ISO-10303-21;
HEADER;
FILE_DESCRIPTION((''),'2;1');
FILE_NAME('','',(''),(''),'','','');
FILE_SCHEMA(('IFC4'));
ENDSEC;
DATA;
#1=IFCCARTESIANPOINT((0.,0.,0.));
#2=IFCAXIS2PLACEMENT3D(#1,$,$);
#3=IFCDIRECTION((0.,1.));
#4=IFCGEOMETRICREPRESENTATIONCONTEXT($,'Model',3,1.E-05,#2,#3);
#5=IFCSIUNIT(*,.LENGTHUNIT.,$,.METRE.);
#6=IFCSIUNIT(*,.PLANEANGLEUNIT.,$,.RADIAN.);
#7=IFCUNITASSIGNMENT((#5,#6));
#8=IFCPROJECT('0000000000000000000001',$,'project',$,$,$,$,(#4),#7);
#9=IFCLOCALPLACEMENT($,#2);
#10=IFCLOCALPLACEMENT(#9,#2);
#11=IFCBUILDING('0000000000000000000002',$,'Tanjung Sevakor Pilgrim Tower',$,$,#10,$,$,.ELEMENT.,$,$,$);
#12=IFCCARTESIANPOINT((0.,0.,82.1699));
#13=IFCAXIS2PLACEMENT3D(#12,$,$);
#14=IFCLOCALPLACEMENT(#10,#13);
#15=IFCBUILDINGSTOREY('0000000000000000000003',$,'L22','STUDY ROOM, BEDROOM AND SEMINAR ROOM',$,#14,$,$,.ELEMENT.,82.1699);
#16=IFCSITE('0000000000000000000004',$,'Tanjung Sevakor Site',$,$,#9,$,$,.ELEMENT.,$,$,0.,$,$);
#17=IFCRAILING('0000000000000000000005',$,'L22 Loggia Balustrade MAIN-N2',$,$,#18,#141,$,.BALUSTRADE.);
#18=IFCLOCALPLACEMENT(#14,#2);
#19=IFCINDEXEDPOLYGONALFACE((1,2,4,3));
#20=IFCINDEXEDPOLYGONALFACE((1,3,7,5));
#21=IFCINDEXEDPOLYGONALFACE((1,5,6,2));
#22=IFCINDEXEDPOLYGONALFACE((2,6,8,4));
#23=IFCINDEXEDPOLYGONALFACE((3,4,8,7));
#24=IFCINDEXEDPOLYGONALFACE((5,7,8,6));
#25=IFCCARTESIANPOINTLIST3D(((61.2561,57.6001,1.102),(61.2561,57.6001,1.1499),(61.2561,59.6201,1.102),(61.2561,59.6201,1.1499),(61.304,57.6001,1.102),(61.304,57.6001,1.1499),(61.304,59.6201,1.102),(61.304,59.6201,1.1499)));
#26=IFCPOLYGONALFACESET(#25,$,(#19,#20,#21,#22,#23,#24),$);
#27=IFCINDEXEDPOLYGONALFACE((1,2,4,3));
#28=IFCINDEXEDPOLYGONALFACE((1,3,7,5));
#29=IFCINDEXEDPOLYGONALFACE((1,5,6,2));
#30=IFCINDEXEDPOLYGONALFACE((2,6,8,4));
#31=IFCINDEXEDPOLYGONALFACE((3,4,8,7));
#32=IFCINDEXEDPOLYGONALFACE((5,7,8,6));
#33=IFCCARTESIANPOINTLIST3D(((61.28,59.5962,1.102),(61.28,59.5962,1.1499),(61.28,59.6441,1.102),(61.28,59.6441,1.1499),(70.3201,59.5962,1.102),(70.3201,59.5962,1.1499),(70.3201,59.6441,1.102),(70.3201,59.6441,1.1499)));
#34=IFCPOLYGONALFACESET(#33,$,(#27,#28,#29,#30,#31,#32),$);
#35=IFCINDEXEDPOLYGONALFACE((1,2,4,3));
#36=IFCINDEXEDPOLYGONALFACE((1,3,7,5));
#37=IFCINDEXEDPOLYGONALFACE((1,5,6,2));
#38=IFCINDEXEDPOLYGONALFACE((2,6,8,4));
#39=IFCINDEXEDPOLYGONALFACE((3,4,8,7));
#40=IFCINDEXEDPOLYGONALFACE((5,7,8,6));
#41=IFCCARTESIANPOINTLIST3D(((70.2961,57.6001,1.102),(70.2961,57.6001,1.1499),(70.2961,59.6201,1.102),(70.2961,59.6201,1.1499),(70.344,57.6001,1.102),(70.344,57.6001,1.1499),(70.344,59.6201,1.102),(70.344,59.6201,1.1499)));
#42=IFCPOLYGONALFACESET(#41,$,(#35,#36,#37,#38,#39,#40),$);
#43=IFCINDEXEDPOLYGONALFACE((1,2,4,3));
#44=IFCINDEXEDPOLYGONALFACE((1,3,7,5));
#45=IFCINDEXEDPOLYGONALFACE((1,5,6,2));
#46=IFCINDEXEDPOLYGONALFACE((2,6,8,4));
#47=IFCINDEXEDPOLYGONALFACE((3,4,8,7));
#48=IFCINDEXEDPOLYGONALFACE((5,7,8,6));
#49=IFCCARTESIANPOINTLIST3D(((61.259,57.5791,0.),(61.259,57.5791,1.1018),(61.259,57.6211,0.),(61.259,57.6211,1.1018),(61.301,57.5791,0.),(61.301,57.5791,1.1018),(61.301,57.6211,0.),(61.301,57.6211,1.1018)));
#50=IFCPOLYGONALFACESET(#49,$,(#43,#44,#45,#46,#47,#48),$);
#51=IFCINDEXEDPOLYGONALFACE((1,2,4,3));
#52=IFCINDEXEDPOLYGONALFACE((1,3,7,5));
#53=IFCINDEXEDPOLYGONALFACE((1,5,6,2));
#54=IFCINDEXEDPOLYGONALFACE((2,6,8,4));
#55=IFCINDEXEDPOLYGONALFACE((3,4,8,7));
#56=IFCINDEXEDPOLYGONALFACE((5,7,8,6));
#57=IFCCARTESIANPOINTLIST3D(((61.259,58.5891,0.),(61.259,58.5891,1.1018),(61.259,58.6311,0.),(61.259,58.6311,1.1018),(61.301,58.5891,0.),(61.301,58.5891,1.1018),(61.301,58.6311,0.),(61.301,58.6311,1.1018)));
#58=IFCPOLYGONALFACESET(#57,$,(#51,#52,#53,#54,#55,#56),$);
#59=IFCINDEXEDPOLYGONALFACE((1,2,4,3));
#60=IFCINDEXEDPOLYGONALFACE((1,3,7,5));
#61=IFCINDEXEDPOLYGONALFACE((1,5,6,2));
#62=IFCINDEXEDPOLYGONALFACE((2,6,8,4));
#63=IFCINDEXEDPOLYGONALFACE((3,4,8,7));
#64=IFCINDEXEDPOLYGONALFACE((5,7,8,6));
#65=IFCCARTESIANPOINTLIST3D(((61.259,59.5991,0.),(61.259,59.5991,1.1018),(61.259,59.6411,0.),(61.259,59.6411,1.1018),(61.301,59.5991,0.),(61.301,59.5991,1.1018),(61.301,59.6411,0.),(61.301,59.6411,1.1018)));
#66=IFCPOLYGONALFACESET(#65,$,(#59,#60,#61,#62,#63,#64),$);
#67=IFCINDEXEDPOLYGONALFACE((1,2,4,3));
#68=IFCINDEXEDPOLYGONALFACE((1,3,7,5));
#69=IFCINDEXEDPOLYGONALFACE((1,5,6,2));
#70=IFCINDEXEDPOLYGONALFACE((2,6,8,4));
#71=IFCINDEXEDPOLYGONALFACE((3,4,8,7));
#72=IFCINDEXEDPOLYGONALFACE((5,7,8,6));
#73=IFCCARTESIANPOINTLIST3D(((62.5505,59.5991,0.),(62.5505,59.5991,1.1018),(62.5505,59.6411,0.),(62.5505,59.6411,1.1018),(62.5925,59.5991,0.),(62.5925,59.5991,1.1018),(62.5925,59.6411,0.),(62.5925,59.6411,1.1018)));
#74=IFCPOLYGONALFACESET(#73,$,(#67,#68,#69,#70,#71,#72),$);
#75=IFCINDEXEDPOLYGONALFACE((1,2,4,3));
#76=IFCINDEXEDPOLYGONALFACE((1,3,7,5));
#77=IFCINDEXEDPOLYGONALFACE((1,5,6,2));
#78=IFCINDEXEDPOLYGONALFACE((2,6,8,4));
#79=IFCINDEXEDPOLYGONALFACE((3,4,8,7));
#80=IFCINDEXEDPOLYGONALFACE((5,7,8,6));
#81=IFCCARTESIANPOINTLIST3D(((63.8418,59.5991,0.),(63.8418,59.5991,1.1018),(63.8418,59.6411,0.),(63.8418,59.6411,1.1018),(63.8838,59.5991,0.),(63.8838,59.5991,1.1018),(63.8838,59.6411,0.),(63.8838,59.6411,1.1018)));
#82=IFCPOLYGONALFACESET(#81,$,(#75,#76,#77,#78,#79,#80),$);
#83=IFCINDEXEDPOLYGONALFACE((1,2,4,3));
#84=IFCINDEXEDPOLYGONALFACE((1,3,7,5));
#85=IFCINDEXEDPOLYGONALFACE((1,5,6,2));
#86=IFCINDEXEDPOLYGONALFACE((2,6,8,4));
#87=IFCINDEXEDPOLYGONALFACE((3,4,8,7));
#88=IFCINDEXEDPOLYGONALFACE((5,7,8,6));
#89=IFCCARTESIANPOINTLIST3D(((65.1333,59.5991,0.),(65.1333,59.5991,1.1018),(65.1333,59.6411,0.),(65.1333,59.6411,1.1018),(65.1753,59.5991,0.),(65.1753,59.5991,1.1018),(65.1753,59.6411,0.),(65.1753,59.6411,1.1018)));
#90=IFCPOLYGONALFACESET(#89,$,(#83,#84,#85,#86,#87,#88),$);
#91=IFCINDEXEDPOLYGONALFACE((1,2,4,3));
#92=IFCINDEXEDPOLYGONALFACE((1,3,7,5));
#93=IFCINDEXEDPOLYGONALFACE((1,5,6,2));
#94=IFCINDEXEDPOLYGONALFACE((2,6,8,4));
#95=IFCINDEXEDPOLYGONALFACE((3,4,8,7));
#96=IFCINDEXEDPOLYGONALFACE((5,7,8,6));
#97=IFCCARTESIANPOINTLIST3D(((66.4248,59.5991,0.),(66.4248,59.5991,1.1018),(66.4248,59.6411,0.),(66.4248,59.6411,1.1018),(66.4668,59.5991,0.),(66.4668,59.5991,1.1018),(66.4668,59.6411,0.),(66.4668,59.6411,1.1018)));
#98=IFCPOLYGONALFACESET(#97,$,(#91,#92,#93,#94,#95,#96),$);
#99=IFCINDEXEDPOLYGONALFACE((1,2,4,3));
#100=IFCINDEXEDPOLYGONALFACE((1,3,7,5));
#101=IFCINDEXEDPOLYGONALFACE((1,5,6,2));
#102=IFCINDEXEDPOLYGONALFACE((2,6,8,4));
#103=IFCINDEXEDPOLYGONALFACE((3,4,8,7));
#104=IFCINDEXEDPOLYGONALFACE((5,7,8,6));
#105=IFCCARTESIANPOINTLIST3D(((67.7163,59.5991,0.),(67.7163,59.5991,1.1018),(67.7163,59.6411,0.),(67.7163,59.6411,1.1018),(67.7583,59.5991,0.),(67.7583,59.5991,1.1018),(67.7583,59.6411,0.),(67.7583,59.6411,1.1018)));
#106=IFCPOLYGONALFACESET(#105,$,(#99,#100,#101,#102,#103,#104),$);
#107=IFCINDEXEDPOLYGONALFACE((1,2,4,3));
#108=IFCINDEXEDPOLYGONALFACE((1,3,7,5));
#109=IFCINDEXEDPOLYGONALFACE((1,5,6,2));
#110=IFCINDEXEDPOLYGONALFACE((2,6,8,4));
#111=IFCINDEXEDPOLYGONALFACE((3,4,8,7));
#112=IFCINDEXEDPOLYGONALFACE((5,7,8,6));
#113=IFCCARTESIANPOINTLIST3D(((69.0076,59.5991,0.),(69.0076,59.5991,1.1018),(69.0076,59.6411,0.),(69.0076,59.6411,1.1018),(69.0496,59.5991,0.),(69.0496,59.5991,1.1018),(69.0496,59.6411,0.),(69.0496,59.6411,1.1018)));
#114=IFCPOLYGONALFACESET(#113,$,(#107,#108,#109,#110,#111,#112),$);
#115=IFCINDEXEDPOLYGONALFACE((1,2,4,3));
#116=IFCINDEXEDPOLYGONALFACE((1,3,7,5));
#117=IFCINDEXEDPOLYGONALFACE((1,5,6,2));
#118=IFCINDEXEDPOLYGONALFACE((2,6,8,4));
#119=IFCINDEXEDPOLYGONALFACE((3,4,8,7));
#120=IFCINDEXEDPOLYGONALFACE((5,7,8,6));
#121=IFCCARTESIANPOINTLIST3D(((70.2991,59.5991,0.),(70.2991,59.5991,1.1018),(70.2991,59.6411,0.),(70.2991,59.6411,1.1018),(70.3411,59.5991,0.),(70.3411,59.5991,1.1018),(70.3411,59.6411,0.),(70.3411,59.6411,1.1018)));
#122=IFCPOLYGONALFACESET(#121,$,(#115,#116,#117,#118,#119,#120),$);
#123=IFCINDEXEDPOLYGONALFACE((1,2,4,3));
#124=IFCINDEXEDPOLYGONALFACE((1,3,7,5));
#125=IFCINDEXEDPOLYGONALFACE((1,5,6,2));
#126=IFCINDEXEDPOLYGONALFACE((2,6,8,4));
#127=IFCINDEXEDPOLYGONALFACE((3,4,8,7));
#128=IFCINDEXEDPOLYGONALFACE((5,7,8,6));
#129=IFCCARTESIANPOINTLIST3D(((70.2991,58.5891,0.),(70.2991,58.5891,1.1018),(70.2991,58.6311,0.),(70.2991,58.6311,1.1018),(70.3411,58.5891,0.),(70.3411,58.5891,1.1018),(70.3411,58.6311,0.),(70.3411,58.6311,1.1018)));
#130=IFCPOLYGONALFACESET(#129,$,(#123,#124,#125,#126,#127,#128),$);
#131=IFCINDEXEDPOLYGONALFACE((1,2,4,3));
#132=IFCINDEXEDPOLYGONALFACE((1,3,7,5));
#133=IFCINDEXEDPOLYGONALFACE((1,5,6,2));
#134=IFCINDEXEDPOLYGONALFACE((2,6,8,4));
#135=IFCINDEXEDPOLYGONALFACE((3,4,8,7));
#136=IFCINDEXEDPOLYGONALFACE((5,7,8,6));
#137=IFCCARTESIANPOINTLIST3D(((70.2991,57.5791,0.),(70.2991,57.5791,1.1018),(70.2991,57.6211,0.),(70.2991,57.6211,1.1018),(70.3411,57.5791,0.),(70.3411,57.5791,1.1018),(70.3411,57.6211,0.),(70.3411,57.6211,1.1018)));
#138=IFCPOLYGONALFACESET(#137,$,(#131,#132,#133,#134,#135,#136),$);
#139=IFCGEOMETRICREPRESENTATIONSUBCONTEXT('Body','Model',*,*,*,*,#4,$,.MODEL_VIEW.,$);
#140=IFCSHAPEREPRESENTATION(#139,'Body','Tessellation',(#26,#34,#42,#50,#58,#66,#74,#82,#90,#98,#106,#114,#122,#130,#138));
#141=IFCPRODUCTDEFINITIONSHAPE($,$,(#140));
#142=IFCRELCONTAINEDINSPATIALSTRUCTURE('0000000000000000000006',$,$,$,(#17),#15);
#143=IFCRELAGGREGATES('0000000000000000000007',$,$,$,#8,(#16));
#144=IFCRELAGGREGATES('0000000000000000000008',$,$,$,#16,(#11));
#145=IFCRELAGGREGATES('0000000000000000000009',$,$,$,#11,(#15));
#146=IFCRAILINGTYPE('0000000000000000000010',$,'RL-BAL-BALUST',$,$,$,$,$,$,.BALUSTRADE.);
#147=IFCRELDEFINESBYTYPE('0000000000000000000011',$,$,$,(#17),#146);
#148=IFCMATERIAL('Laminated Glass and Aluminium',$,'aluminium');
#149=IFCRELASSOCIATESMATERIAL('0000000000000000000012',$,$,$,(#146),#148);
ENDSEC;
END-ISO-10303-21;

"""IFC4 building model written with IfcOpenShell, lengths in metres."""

from ifc_helpers import new_model, si_unit, direction, frame, origin, place, context, subcontext, project, spatial, rectangle, extrude, material, type_object, element, save


model = new_model("IFC4")

# Units and contexts
model_context = context("Model", 3, precision=1e-05, world=origin(), true_north=direction((0.0, 1.0)))
body_context = subcontext(model_context, "Body", "Model", "MODEL_VIEW")
ifc_project = project(units=[si_unit("LENGTHUNIT", "METRE"), si_unit("PLANEANGLEUNIT", "RADIAN")], contexts=[model_context])

# Site, building, storey
site_placement = place(None, origin())
site = spatial("IfcSite", under=ifc_project, at=site_placement, Name="Tanjung Sevakor Site", CompositionType="ELEMENT", RefElevation=0.0)
building_placement = place(site_placement, origin())
building = spatial("IfcBuilding", under=site, at=building_placement, Name="Tanjung Sevakor Pilgrim Tower", CompositionType="ELEMENT")
storey_placement = place(building_placement, frame((0.0, 0.0, 82.1699)))
storey = spatial("IfcBuildingStorey", under=building, at=storey_placement, Name="L22", Description="STUDY ROOM, BEDROOM AND SEMINAR ROOM", CompositionType="ELEMENT", Elevation=82.1699)

# Railing
ifc_material_1 = material(Name="Laminated Glass and Aluminium", Category="aluminium")
railing_type = type_object("IfcRailingType", Name="RL-BAL-BALUST", PredefinedType="BALUSTRADE", material=ifc_material_1)
railing_placement = place(storey_placement, frame((61.28, 57.6001, 0.0)))
element("IfcRailing", 1, at=railing_placement, inside=storey, type_object=railing_type, Name="L22 Loggia Balustrade MAIN-N2", PredefinedType="BALUSTRADE", context=body_context, shape_type="SweptSolid", body=[
    extrude(rectangle(XDim=0.0479, YDim=0.0479), frame((0.0, 0.0, 1.126), z_axis=(0.0, 1.0, 0.0), x_axis=(-1.0, 0.0, 0.0)), (0.0, 0.0, 1.0), 2.02),
    extrude(rectangle(XDim=0.0479, YDim=0.0479), frame((0.0, 2.02, 1.126), z_axis=(1.0, 0.0, 0.0), x_axis=(0.0, 1.0, 0.0)), (0.0, 0.0, 1.0), 9.04),
    extrude(rectangle(XDim=0.0479, YDim=0.0479), frame((9.04, 2.02, 1.126), z_axis=(0.0, -1.0, 0.0), x_axis=(1.0, 0.0, 0.0)), (0.0, 0.0, 1.0), 2.02),
    extrude(rectangle(XDim=0.042, YDim=0.042), origin(), (0.0, 0.0, 1.0), 1.1018),
    extrude(rectangle(XDim=0.042, YDim=0.042), frame((0.0, 1.01, 0.0)), (0.0, 0.0, 1.0), 1.1018),
    extrude(rectangle(XDim=0.042, YDim=0.042), frame((0.0, 2.02, 0.0)), (0.0, 0.0, 1.0), 1.1018),
    extrude(rectangle(XDim=0.042, YDim=0.042), frame((1.2915, 2.02, 0.0)), (0.0, 0.0, 1.0), 1.1018),
    extrude(rectangle(XDim=0.042, YDim=0.042), frame((2.5828, 2.02, 0.0)), (0.0, 0.0, 1.0), 1.1018),
    extrude(rectangle(XDim=0.042, YDim=0.042), frame((3.8743, 2.02, 0.0)), (0.0, 0.0, 1.0), 1.1018),
    extrude(rectangle(XDim=0.042, YDim=0.042), frame((5.1658, 2.02, 0.0)), (0.0, 0.0, 1.0), 1.1018),
    extrude(rectangle(XDim=0.042, YDim=0.042), frame((6.4573, 2.02, 0.0)), (0.0, 0.0, 1.0), 1.1018),
    extrude(rectangle(XDim=0.042, YDim=0.042), frame((7.7485, 2.02, 0.0)), (0.0, 0.0, 1.0), 1.1018),
    extrude(rectangle(XDim=0.042, YDim=0.042), frame((9.04, 2.02, 0.0)), (0.0, 0.0, 1.0), 1.1018),
    extrude(rectangle(XDim=0.042, YDim=0.042), frame((9.04, 1.01, 0.0)), (0.0, 0.0, 1.0), 1.1018),
    extrude(rectangle(XDim=0.042, YDim=0.042), frame((9.04, 0.0, 0.0)), (0.0, 0.0, 1.0), 1.1018),
])

save(model, "model.ifc")
